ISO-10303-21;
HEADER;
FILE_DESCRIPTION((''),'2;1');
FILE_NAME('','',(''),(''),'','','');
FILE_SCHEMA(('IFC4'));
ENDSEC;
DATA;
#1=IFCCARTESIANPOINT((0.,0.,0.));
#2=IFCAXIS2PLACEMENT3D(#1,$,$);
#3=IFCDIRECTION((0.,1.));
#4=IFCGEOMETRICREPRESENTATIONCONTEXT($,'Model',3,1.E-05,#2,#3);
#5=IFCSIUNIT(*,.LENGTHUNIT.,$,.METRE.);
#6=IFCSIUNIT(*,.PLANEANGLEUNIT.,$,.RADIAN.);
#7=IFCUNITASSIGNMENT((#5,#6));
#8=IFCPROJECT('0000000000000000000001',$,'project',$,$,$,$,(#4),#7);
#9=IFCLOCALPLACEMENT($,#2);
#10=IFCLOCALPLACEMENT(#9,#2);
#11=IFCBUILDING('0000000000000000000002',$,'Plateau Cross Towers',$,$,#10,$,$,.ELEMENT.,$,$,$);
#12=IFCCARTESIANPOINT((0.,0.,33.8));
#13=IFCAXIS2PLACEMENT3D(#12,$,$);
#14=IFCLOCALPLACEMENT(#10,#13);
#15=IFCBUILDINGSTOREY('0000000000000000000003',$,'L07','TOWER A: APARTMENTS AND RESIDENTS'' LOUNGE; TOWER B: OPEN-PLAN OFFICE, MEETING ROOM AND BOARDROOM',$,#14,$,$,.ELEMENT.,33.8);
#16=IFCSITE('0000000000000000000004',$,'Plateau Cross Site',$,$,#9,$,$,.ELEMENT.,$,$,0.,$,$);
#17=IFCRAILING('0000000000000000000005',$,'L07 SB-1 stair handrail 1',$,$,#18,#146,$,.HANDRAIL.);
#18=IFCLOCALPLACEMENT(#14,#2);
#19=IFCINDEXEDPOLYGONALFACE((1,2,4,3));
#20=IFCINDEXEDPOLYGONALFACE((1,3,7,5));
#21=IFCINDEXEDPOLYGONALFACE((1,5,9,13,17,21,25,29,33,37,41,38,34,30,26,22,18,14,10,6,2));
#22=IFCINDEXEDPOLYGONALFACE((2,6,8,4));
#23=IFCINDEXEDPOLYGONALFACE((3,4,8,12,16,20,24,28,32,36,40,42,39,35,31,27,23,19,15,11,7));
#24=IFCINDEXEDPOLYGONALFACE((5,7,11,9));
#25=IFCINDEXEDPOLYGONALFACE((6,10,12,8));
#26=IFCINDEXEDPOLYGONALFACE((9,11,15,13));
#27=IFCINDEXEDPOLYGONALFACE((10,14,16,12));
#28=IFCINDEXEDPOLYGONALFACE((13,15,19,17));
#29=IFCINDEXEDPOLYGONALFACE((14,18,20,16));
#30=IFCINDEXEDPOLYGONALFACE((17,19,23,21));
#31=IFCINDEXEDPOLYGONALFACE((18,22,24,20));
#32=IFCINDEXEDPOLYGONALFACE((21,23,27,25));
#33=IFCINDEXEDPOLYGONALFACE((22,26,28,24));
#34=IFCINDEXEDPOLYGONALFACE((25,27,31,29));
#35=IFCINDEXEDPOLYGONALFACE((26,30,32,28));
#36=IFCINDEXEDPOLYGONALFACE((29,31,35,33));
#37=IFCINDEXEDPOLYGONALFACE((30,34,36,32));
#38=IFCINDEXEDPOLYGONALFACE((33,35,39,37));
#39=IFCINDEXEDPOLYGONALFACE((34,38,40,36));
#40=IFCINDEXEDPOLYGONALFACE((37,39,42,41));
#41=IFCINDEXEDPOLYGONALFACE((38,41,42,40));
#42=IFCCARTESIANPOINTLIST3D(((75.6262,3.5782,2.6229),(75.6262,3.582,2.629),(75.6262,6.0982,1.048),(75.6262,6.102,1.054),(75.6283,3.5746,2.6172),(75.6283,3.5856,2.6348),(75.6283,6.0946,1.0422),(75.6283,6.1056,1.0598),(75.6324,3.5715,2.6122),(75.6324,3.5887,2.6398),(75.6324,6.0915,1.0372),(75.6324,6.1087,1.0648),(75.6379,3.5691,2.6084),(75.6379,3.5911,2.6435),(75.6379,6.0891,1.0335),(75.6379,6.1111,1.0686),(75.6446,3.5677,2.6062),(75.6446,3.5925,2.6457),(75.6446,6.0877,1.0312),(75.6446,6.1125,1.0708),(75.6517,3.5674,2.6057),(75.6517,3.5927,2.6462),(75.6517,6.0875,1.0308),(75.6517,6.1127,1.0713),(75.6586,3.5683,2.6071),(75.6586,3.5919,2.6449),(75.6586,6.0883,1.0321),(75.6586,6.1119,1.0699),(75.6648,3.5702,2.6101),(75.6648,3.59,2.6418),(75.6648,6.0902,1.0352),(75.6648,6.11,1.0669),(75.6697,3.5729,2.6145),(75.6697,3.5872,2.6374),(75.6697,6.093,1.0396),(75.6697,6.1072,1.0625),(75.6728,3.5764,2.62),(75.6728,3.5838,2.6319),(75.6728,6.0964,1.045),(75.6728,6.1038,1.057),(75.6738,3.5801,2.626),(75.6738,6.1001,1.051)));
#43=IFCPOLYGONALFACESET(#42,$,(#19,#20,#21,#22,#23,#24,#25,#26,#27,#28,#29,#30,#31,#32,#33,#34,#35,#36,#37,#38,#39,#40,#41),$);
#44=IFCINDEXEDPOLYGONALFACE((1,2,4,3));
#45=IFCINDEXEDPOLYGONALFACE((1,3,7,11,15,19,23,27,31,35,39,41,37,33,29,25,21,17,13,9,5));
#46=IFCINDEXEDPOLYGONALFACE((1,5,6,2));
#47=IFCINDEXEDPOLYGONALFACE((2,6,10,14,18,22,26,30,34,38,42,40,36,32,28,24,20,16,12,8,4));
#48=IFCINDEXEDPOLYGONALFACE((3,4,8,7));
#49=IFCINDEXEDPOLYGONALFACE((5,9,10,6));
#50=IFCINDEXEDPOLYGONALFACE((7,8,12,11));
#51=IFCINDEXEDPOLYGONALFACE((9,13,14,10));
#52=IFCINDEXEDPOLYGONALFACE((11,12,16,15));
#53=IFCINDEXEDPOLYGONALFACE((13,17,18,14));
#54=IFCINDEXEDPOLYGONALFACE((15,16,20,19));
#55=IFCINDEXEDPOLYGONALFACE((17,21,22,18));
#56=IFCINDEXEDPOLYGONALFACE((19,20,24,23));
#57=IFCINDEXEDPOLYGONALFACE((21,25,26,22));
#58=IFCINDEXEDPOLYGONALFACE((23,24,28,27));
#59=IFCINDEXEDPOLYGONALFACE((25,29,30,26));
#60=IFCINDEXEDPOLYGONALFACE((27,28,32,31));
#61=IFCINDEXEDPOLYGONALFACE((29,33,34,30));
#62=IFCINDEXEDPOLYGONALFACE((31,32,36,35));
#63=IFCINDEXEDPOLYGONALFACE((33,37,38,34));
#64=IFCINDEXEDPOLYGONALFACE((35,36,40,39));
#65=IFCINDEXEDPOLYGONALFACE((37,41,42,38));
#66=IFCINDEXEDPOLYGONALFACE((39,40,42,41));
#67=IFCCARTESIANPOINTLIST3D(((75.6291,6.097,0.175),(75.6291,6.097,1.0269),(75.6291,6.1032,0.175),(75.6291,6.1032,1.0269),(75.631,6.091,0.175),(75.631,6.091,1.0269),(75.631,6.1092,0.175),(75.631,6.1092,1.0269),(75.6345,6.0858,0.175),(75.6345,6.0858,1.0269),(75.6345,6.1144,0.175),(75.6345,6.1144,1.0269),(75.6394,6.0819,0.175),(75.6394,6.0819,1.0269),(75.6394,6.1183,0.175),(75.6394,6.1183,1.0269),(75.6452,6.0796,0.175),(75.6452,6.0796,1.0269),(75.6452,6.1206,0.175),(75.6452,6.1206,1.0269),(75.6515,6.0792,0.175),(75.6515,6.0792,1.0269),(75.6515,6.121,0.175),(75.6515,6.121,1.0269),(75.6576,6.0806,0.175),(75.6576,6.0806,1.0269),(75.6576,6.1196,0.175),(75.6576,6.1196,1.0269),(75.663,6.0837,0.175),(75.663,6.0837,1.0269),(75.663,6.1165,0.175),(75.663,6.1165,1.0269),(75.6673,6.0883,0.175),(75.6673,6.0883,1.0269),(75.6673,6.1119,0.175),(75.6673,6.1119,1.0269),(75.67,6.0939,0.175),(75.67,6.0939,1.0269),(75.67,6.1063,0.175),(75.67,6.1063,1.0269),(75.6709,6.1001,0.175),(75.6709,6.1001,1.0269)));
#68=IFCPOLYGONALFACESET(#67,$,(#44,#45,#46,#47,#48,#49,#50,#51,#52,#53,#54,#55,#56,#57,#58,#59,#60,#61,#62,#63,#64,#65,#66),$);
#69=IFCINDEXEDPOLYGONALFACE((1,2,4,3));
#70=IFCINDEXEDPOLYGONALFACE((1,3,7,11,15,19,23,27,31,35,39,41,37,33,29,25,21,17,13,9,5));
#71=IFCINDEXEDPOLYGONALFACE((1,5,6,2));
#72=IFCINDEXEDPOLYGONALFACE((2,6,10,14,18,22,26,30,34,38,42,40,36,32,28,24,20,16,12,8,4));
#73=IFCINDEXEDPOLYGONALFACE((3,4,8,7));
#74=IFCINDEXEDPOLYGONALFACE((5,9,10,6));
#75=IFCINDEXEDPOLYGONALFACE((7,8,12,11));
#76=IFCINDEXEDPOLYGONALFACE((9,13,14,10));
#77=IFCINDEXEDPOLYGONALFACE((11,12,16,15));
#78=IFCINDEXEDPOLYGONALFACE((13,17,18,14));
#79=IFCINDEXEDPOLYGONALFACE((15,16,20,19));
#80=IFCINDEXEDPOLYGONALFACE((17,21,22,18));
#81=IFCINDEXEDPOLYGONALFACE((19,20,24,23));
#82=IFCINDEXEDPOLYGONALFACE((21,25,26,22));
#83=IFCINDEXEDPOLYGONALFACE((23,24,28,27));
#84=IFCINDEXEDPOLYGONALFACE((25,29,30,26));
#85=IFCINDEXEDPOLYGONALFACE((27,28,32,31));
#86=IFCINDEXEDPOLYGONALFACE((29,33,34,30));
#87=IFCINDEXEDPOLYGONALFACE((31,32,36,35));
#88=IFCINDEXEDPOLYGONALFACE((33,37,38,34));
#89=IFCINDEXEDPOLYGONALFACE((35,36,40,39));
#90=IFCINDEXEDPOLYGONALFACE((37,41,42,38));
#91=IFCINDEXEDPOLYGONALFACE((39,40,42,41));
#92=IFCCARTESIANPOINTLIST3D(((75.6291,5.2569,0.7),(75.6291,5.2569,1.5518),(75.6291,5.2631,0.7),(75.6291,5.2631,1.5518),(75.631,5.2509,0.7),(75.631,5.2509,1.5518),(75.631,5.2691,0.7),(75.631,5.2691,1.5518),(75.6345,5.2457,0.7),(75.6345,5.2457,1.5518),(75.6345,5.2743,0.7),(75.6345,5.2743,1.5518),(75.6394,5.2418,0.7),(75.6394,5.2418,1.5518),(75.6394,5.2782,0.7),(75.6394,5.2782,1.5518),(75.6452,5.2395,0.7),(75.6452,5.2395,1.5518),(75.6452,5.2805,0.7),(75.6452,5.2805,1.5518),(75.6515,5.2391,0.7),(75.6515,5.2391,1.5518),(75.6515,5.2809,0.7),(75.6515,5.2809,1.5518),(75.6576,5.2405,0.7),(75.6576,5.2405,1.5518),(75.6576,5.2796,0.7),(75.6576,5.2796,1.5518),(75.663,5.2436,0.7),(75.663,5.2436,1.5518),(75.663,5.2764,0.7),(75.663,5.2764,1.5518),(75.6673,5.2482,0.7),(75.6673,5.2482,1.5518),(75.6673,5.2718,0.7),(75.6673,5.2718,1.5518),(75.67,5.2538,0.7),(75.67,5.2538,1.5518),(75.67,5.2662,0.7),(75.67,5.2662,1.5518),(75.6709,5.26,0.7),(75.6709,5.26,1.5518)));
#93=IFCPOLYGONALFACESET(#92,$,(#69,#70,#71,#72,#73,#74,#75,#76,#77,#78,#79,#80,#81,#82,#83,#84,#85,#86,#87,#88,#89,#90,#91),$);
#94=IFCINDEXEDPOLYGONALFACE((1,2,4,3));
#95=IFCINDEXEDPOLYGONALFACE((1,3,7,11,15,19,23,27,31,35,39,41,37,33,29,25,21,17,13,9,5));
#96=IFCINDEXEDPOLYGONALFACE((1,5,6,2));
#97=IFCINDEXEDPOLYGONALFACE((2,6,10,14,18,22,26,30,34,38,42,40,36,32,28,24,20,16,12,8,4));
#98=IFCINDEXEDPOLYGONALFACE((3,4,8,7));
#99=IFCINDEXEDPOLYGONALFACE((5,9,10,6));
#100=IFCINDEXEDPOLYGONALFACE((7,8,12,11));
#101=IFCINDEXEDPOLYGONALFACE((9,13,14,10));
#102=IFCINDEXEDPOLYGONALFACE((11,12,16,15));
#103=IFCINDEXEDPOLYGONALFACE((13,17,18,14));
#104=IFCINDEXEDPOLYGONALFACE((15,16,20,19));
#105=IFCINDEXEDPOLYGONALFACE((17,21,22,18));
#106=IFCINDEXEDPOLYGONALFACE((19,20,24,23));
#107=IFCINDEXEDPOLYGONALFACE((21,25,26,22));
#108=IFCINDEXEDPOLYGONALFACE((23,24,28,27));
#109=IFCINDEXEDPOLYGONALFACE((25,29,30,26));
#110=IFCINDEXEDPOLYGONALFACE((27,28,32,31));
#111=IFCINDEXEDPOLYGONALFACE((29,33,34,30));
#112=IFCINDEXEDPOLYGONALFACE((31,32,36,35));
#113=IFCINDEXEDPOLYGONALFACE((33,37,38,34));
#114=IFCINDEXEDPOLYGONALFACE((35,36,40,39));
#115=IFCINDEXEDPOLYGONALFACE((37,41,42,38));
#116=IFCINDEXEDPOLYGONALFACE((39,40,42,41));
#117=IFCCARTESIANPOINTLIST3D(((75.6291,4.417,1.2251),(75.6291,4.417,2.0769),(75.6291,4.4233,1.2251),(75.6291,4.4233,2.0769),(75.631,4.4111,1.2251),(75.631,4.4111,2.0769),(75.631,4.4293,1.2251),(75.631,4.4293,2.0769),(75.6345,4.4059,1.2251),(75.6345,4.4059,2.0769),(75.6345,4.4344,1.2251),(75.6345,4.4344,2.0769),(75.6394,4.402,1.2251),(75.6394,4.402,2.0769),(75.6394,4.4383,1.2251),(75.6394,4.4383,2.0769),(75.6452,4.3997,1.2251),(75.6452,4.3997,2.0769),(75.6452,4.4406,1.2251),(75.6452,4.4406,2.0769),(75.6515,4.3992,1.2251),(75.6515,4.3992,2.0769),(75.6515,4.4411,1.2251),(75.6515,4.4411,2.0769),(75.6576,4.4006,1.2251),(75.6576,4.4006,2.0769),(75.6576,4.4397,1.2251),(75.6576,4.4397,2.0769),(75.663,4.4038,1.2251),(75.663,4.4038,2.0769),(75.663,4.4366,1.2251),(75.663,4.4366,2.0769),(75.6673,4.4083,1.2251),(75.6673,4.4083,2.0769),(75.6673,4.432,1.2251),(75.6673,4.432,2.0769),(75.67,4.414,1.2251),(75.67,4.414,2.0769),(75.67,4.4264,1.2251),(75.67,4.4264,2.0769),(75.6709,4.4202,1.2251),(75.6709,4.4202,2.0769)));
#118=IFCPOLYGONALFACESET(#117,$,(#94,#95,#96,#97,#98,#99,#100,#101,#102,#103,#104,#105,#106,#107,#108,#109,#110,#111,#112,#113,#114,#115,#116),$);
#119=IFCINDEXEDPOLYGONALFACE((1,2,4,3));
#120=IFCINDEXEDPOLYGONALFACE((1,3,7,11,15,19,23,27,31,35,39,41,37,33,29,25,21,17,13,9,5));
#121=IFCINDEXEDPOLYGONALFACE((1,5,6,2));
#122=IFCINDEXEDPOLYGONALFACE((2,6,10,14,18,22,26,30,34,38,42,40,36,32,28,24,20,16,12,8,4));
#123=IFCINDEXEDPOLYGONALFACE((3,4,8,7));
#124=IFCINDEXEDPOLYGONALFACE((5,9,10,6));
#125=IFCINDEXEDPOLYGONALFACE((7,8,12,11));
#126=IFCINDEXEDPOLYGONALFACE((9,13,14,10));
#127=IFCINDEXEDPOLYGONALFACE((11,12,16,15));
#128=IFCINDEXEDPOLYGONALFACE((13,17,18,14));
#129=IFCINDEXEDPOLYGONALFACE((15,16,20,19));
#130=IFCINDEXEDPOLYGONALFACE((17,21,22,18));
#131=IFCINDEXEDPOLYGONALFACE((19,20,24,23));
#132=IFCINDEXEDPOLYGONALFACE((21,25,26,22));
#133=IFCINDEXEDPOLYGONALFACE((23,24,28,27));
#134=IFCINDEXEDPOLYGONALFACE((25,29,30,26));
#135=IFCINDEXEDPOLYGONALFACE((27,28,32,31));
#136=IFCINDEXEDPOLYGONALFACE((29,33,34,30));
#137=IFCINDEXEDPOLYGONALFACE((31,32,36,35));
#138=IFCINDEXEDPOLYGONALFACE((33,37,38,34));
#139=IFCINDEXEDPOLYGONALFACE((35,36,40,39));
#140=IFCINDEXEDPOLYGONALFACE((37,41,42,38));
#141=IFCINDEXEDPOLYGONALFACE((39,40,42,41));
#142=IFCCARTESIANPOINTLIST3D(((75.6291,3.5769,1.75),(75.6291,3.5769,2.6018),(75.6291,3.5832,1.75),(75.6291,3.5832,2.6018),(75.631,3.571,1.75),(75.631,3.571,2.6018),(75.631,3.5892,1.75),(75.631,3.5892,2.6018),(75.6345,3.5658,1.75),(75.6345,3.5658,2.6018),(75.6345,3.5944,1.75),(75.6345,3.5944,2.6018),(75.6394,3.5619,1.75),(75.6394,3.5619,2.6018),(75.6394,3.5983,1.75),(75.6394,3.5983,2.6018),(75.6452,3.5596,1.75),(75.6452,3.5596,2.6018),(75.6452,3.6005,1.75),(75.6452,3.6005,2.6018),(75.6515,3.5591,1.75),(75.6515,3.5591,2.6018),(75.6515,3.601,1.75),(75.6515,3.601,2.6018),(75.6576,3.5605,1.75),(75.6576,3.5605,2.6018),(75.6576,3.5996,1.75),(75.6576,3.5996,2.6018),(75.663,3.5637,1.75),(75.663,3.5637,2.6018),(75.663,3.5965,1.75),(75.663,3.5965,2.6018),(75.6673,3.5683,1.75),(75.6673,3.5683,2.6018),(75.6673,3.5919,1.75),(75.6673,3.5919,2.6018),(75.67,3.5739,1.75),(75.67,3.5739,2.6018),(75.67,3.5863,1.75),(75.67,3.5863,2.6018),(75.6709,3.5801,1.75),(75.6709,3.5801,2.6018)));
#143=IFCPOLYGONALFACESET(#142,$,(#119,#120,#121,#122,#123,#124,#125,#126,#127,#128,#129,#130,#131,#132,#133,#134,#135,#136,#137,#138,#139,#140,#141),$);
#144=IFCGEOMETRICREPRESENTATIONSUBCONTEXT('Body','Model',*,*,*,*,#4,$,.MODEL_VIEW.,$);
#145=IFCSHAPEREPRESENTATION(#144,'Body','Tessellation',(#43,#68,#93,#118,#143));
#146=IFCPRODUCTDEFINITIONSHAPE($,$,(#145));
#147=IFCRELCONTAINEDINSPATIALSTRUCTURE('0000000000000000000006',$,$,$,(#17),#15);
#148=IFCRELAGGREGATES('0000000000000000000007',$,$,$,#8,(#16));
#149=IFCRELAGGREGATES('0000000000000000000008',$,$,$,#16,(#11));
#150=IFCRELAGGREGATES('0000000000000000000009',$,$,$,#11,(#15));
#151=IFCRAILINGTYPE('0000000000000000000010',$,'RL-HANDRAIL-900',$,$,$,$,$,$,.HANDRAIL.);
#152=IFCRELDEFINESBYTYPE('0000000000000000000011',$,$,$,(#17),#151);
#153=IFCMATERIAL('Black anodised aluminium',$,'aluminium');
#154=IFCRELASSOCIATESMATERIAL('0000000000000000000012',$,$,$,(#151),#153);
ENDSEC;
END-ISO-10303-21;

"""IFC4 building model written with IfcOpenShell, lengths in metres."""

from ifc_helpers import new_model, si_unit, direction, frame, origin, origin_2d, place, context, subcontext, project, spatial, circle, extrude, material, type_object, element, save


model = new_model("IFC4")

# Units and contexts
model_context = context("Model", 3, precision=1e-05, world=origin(), true_north=direction((0.0, 1.0)))
body_context = subcontext(model_context, "Body", "Model", "MODEL_VIEW")
ifc_project = project(units=[si_unit("LENGTHUNIT", "METRE"), si_unit("PLANEANGLEUNIT", "RADIAN")], contexts=[model_context])

# Site, building, storey
site_placement = place(None, origin())
site = spatial("IfcSite", under=ifc_project, at=site_placement, Name="Plateau Cross Site", CompositionType="ELEMENT", RefElevation=0.0)
building_placement = place(site_placement, origin())
building = spatial("IfcBuilding", under=site, at=building_placement, Name="Plateau Cross Towers", CompositionType="ELEMENT")
storey_placement = place(building_placement, frame((0.0, 0.0, 33.8)))
storey = spatial("IfcBuildingStorey", under=building, at=storey_placement, Name="L07", Description="TOWER A: APARTMENTS AND RESIDENTS' LOUNGE; TOWER B: OPEN-PLAN OFFICE, MEETING ROOM AND BOARDROOM", CompositionType="ELEMENT", Elevation=33.8)

# Railing
ifc_material_1 = material(Name="Black anodised aluminium", Category="aluminium")
railing_type_1 = type_object("IfcRailingType", Name="RL-HANDRAIL-900", PredefinedType="HANDRAIL", material=ifc_material_1)
railing_1_placement = place(storey_placement, frame((75.6499, 6.1001, 0.175)))
element("IfcRailing", 1, at=railing_1_placement, inside=storey, type_object=railing_type_1, Name="L07 SB-1 stair handrail 1", PredefinedType="HANDRAIL", context=body_context, shape_type="SweptSolid", body=[
    extrude(circle(Radius=0.0239, at=origin_2d()), frame((0.0, 0.0, 0.876), z_axis=(0.0, -0.848008, 0.529984), x_axis=(1.0, 0.0, 0.0)), (0.0, 0.0, 1.0), 2.9717),
    extrude(circle(Radius=0.021, at=origin_2d()), origin(), (0.0, 0.0, 1.0), 0.8518),
    extrude(circle(Radius=0.021, at=origin_2d()), frame((0.0, -0.8401, 0.5249)), (0.0, 0.0, 1.0), 0.8518),
    extrude(circle(Radius=0.021, at=origin_2d()), frame((0.0, -1.6799, 1.05)), (0.0, 0.0, 1.0), 0.8518),
    extrude(circle(Radius=0.021, at=origin_2d()), frame((0.0, -2.52, 1.575)), (0.0, 0.0, 1.0), 0.8518),
])

save(model, "model.ifc")
